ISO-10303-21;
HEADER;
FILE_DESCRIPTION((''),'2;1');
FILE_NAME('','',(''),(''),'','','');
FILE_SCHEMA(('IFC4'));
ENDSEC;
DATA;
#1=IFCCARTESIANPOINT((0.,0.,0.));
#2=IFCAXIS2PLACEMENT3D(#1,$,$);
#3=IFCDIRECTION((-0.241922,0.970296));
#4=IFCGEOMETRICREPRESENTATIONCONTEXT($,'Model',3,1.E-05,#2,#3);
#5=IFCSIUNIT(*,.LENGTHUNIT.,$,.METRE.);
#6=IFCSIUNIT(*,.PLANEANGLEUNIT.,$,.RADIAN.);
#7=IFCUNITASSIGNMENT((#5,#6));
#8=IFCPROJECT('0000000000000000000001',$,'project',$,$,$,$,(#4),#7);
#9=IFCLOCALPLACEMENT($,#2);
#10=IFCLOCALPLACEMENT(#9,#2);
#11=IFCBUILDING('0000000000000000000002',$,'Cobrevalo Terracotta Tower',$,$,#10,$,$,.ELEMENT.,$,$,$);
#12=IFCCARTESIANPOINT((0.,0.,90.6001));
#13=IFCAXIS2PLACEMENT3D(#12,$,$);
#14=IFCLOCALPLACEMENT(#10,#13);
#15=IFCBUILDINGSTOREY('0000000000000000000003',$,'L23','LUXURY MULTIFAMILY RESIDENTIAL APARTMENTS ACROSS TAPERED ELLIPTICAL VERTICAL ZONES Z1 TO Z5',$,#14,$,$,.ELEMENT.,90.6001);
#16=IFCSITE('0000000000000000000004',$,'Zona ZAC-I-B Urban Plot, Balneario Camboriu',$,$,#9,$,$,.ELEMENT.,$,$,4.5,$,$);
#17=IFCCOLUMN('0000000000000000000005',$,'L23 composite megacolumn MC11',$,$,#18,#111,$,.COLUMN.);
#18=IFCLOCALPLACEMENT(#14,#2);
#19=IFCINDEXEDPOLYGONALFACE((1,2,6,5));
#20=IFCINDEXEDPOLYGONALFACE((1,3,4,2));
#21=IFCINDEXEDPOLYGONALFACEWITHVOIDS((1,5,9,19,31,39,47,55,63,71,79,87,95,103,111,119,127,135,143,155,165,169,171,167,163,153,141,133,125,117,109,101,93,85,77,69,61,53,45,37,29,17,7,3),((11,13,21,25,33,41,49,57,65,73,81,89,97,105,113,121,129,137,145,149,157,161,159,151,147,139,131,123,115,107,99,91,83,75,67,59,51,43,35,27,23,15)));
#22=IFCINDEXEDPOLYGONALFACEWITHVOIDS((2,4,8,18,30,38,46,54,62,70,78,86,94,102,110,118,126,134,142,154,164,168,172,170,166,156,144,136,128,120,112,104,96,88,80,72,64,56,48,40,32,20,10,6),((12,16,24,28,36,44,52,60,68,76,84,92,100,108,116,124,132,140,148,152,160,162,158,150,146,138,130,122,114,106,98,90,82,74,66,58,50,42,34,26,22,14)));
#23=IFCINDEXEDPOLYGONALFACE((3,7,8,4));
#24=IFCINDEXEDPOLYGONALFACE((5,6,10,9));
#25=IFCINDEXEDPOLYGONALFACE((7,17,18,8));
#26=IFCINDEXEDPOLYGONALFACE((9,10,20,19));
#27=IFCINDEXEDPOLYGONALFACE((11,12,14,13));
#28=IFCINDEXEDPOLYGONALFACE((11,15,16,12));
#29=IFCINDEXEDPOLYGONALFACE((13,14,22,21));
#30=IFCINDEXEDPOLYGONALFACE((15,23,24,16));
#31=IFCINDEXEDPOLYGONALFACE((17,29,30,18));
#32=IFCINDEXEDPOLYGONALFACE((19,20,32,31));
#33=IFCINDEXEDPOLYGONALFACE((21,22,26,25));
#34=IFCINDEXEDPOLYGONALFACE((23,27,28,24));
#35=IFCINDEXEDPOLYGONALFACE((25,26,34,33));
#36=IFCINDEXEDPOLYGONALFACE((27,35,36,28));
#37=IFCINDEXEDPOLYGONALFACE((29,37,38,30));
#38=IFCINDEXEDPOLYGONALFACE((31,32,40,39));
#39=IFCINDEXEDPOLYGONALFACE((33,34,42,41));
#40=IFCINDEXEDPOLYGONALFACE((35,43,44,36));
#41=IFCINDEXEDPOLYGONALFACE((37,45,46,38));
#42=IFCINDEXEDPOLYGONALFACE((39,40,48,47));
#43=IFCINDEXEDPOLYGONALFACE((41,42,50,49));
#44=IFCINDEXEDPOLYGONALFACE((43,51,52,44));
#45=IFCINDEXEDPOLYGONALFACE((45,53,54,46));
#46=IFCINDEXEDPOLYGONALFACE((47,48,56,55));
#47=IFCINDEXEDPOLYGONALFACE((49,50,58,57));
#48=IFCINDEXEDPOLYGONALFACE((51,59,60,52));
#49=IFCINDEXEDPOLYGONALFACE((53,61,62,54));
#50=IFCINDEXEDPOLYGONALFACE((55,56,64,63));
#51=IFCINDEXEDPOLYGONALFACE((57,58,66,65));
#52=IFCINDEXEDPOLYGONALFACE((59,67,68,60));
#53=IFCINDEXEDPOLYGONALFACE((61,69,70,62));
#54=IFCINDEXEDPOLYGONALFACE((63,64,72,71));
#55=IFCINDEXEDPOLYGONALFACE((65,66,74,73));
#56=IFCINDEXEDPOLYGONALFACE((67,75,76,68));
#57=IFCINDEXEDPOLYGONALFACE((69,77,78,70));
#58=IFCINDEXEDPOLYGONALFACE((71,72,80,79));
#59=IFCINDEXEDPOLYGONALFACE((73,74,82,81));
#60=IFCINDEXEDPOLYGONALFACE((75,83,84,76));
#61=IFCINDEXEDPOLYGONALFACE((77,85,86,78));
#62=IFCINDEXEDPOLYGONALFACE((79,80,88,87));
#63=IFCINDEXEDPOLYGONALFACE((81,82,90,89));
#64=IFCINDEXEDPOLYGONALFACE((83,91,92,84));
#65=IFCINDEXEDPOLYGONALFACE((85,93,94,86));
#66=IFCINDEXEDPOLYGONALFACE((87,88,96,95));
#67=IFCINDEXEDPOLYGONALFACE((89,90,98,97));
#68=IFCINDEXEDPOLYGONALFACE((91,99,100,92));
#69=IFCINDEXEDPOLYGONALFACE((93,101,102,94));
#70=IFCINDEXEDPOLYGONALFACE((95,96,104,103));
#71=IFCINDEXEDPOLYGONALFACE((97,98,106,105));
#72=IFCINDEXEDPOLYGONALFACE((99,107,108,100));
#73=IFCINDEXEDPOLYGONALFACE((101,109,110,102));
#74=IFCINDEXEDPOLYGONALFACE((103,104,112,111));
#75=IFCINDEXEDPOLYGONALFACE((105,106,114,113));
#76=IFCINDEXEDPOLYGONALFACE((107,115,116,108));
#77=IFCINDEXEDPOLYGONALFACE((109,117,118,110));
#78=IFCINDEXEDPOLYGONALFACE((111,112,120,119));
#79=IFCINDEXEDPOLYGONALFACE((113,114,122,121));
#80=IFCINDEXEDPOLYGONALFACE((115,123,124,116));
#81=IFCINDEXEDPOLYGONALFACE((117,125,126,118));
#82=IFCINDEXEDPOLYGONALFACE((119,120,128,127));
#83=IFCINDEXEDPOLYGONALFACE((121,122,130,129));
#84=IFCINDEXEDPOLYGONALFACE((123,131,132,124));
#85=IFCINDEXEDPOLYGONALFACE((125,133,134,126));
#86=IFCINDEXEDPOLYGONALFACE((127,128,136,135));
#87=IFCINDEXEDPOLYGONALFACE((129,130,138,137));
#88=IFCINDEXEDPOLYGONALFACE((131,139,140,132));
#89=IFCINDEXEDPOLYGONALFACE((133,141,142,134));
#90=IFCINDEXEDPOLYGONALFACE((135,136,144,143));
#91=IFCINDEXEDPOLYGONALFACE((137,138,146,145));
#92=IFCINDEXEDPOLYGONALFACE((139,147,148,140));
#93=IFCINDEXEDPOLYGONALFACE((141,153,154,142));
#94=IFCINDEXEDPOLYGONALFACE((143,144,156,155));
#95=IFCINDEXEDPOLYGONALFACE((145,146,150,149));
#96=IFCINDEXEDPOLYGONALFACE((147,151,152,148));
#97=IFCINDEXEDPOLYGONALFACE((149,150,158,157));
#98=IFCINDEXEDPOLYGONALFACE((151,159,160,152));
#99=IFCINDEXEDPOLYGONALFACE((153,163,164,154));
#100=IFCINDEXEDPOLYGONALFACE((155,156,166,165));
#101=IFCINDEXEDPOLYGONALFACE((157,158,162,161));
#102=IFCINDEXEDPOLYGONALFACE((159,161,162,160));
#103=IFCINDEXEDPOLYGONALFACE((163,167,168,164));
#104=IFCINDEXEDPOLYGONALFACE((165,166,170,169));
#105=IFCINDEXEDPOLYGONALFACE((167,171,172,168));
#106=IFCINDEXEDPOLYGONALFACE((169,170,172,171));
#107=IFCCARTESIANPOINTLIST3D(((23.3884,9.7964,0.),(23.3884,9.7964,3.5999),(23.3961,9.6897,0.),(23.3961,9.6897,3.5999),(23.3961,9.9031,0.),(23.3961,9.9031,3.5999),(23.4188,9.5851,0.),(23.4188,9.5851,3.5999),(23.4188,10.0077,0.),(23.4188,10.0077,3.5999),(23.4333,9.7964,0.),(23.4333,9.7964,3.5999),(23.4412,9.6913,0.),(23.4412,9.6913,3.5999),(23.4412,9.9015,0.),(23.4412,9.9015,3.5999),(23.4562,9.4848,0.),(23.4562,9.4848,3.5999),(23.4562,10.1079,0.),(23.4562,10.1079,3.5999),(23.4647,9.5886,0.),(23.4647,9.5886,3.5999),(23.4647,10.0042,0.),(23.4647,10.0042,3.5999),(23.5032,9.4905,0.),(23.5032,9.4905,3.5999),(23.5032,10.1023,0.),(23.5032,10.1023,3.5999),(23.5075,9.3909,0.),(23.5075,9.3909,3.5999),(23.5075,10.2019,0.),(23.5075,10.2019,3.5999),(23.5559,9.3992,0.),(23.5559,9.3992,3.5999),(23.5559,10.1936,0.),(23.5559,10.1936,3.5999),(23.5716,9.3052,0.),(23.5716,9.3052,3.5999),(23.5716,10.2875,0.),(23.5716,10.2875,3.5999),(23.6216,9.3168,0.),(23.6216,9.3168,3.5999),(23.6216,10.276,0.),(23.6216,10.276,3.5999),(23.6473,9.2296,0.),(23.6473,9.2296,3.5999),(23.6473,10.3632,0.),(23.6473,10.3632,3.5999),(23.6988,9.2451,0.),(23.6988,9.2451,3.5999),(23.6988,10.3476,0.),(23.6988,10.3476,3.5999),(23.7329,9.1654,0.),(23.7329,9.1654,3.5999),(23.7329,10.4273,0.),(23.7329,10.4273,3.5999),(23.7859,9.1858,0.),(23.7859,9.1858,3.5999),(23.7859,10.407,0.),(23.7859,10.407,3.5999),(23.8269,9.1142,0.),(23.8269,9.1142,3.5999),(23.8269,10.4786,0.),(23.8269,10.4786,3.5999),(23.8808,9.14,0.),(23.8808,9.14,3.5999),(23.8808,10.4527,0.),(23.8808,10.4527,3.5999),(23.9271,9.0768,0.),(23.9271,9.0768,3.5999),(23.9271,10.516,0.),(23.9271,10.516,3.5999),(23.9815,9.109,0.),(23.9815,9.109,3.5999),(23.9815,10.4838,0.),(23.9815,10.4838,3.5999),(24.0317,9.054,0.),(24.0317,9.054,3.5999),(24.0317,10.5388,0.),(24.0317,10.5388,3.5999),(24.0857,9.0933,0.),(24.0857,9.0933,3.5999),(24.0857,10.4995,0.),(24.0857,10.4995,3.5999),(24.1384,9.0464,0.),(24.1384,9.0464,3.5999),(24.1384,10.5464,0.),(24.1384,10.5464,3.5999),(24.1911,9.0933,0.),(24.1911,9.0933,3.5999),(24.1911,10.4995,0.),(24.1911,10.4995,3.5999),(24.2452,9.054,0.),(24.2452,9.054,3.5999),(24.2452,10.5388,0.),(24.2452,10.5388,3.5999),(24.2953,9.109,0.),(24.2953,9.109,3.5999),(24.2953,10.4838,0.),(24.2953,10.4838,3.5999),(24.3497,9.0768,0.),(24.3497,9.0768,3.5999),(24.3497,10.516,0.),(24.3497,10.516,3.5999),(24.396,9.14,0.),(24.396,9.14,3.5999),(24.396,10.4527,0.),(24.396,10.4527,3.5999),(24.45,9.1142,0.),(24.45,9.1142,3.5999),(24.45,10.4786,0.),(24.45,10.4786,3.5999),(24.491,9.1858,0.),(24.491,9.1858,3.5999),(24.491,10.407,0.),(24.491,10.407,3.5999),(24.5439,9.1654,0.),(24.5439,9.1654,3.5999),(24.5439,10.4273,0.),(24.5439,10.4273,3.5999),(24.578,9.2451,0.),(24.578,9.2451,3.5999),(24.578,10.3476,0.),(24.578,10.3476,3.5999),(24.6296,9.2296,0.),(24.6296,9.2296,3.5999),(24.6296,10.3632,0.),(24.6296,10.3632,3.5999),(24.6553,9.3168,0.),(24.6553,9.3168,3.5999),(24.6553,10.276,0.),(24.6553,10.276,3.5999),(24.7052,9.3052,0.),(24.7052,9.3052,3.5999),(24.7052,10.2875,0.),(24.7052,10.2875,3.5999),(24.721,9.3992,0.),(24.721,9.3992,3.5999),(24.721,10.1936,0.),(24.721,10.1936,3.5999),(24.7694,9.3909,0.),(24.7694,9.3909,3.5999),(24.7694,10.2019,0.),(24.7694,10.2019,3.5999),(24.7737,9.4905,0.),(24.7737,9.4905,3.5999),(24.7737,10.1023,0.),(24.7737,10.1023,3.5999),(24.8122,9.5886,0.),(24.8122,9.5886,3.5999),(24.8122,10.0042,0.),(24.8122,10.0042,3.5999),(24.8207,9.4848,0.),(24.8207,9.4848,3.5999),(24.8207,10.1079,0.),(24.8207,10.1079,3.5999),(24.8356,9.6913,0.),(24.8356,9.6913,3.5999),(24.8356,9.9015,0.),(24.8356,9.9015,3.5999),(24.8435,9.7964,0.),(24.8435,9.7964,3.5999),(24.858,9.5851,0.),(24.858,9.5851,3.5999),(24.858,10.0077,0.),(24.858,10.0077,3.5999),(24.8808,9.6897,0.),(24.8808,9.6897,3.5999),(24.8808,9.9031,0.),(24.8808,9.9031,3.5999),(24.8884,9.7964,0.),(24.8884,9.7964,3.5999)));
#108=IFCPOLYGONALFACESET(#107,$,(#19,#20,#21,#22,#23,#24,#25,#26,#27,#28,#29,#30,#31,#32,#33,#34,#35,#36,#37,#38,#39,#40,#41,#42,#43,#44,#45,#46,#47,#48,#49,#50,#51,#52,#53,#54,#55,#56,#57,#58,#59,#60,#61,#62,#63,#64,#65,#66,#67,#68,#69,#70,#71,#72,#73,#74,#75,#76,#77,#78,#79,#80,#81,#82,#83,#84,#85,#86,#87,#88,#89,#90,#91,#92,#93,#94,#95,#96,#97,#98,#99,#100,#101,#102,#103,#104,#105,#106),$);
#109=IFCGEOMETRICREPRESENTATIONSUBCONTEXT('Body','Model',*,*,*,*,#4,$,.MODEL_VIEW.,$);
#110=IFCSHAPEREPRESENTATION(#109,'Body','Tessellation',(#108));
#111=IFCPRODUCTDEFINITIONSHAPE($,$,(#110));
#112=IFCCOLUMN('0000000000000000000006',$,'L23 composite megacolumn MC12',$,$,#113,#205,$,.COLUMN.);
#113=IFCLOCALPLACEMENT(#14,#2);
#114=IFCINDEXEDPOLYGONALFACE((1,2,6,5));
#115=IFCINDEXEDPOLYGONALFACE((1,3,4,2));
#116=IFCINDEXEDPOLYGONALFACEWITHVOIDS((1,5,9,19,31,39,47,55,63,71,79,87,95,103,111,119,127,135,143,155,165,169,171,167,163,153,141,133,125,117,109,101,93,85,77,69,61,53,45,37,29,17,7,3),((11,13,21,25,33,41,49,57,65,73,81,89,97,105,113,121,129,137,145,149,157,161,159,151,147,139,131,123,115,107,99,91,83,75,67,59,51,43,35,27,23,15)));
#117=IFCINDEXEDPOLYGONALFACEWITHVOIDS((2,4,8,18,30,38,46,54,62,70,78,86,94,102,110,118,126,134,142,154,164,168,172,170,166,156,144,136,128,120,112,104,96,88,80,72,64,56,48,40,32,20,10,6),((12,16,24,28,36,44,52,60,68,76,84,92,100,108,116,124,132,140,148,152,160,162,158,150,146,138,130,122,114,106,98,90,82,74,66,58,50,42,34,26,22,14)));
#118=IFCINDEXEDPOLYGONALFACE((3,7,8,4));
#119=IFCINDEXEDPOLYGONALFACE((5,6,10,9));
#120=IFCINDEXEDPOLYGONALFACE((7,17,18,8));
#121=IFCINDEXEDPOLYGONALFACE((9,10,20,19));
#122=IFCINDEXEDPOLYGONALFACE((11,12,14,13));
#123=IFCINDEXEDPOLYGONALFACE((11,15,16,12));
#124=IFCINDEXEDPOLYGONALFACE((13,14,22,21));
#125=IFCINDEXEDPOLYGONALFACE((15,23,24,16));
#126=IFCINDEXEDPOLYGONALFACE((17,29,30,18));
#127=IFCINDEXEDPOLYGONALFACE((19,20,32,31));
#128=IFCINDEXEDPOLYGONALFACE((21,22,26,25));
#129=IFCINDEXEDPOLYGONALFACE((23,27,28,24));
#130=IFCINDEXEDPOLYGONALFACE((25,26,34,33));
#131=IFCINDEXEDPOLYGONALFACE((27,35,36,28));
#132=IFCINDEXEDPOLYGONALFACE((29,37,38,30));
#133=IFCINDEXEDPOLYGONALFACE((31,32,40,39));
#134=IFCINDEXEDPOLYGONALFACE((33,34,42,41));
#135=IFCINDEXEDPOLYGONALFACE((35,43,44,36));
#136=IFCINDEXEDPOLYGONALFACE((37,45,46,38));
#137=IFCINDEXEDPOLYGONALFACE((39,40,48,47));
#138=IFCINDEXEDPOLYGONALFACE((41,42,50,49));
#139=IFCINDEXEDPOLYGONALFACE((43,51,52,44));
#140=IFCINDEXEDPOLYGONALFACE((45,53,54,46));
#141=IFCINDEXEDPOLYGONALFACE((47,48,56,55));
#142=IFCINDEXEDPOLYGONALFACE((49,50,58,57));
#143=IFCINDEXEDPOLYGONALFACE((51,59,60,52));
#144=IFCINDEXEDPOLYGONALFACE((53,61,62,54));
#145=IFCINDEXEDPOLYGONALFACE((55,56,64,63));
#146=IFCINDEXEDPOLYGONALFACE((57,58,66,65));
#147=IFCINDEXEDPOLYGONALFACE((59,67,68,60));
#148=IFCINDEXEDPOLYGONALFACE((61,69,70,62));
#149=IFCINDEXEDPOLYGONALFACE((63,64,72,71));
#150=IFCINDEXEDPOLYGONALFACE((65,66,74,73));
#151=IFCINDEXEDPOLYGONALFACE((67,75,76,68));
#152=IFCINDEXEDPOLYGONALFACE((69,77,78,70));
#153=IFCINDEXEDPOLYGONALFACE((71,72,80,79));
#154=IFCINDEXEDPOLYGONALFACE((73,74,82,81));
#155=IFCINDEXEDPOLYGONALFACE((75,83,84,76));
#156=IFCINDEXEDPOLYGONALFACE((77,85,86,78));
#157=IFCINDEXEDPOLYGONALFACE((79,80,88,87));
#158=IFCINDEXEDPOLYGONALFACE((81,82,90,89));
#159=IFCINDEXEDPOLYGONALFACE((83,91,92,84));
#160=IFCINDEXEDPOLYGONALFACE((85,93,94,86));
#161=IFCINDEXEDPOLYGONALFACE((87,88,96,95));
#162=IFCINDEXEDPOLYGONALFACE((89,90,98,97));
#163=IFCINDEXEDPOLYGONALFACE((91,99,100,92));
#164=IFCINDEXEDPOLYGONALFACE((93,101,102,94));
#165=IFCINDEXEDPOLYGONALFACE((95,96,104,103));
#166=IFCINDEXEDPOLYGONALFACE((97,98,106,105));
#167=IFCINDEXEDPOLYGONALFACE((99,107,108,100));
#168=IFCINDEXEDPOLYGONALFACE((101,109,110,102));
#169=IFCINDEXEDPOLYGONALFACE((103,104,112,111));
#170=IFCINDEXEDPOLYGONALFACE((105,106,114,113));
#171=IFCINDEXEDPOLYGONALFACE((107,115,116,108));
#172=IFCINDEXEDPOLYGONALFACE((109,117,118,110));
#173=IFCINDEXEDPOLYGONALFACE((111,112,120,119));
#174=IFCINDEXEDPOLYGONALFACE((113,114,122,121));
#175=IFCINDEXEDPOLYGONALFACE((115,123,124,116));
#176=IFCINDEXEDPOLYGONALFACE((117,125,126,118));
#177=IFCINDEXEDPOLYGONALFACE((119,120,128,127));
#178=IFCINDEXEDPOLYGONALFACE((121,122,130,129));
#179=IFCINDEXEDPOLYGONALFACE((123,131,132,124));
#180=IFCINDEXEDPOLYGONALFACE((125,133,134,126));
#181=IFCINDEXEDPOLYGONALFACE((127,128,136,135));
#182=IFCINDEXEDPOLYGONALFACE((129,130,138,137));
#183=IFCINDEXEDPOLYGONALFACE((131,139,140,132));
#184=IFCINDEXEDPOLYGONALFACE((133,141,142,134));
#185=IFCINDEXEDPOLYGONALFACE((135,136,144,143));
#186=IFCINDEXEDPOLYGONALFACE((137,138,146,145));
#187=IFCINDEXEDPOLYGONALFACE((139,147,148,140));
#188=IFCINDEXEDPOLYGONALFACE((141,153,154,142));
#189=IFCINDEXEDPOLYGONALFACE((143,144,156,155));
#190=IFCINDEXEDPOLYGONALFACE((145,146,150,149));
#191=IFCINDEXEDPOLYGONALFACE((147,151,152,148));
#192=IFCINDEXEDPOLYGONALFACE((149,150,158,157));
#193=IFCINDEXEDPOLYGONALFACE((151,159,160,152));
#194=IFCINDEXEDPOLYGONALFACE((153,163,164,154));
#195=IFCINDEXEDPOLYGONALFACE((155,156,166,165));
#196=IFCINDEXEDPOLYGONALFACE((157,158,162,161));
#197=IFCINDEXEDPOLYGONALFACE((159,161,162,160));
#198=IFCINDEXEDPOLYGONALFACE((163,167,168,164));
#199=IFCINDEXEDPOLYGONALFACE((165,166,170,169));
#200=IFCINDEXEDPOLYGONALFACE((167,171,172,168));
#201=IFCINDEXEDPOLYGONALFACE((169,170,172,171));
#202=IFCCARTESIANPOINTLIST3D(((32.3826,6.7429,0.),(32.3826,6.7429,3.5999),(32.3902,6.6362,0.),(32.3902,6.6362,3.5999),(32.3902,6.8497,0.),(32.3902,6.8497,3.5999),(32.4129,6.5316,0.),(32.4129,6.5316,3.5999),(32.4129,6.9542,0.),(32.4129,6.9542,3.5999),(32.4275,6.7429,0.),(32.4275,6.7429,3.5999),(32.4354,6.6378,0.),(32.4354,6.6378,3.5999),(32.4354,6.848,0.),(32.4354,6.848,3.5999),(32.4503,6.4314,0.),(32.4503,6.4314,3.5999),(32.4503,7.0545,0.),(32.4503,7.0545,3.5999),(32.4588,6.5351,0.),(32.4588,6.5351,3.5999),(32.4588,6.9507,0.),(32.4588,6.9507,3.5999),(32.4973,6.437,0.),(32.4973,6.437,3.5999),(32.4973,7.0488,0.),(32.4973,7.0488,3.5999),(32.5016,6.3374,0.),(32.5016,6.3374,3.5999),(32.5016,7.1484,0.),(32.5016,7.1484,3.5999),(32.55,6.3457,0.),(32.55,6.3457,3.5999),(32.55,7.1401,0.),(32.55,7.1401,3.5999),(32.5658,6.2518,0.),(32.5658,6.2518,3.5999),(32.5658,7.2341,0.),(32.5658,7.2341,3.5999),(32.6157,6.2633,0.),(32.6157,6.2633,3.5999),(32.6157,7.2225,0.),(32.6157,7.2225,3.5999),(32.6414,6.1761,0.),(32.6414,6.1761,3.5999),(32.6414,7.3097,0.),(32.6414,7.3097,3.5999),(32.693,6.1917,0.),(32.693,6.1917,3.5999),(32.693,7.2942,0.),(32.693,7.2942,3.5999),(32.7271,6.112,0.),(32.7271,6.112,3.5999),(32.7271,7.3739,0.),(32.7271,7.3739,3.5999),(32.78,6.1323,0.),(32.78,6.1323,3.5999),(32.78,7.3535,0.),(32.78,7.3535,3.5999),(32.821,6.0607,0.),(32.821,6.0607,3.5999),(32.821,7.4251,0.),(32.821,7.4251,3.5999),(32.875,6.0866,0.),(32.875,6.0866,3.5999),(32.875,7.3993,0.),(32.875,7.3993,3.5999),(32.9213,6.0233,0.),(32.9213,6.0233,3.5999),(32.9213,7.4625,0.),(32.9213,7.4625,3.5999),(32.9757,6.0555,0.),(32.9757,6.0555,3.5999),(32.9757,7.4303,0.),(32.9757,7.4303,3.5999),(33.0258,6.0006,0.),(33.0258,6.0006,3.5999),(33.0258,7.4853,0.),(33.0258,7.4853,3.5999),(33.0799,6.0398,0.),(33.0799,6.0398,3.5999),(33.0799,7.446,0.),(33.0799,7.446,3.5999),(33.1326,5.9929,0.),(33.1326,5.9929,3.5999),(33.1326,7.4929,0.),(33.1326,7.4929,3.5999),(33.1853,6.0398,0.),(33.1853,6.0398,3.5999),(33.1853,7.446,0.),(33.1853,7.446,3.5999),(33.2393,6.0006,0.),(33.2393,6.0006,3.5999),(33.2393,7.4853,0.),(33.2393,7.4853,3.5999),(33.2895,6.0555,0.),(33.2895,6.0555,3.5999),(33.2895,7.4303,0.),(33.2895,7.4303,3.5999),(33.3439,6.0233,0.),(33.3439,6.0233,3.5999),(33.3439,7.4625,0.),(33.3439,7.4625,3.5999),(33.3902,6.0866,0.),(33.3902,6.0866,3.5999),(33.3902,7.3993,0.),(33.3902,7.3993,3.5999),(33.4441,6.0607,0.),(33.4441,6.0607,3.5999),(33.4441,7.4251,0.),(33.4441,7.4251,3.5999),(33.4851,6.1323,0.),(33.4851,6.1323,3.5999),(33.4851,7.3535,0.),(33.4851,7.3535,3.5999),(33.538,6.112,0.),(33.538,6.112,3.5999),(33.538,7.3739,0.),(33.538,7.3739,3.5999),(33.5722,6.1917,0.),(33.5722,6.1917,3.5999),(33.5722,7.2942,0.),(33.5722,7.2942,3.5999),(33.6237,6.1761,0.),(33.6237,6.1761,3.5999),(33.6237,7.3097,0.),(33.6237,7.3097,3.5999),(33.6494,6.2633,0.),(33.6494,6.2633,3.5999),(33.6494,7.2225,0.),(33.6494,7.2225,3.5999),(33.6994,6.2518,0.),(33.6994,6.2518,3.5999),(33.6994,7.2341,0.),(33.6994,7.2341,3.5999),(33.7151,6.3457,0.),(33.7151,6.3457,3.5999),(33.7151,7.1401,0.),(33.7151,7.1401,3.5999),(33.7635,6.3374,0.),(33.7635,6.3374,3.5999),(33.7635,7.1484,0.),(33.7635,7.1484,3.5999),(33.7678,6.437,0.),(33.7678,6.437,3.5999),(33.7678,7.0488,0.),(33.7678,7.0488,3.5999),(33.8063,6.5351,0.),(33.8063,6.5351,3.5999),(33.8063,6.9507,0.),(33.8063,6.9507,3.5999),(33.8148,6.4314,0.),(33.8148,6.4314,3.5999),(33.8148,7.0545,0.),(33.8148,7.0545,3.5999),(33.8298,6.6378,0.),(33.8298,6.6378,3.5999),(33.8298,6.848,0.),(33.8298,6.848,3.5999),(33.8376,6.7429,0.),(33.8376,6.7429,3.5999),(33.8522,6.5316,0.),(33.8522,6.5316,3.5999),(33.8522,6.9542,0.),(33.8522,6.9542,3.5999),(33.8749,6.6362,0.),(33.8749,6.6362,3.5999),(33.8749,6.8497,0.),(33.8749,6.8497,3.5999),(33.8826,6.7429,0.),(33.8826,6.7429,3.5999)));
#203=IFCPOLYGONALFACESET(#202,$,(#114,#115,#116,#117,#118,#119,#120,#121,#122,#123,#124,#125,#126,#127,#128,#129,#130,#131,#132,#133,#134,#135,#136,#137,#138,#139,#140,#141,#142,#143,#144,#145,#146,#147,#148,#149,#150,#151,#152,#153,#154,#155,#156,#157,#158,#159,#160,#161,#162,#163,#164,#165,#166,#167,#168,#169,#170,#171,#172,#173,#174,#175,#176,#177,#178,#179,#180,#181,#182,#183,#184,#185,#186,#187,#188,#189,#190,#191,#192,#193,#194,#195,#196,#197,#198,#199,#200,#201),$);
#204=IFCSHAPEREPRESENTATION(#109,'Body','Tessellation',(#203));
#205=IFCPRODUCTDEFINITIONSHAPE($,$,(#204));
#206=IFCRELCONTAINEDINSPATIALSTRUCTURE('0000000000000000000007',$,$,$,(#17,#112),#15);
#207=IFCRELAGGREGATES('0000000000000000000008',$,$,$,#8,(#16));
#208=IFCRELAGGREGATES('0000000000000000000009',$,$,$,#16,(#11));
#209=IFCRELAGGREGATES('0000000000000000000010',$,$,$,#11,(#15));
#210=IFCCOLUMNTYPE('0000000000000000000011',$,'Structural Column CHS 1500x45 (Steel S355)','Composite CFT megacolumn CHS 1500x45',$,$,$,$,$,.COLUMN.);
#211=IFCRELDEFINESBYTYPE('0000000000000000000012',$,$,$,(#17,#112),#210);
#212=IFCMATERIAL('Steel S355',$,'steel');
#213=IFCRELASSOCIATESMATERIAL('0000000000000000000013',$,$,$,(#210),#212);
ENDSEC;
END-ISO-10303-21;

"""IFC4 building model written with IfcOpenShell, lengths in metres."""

from ifc_helpers import new_model, si_unit, direction, frame, origin, origin_2d, place, context, subcontext, project, spatial, hollow_circle, extrude, material, material_profile, profile_set, type_object, element, save


model = new_model("IFC4")

# Units and contexts
model_context = context("Model", 3, precision=1e-05, world=origin(), true_north=direction((-0.241922, 0.970296)))
body_context = subcontext(model_context, "Body", "Model", "MODEL_VIEW")
ifc_project = project(units=[si_unit("LENGTHUNIT", "METRE"), si_unit("PLANEANGLEUNIT", "RADIAN")], contexts=[model_context])

# Site, building, storey
site_placement = place(None, origin())
site = spatial("IfcSite", under=ifc_project, at=site_placement, Name="Zona ZAC-I-B Urban Plot, Balneario Camboriu", CompositionType="ELEMENT", RefElevation=4.5)
building_placement = place(site_placement, origin())
building = spatial("IfcBuilding", under=site, at=building_placement, Name="Cobrevalo Terracotta Tower", CompositionType="ELEMENT")
storey_placement = place(building_placement, frame((0.0, 0.0, 90.6001)))
storey = spatial("IfcBuildingStorey", under=building, at=storey_placement, Name="L23", Description="LUXURY MULTIFAMILY RESIDENTIAL APARTMENTS ACROSS TAPERED ELLIPTICAL VERTICAL ZONES Z1 TO Z5", CompositionType="ELEMENT", Elevation=90.6001)

# Columns
ifc_material_1 = material(Name="Steel S355", Category="steel")
ifc_material_profile_1 = material_profile(ifc_material_1, hollow_circle(Radius=0.75, WallThickness=0.0449, at=origin_2d()), Name="CHS 1500x45")
ifc_profile_set_1 = profile_set([ifc_material_profile_1], Name="Steel S355")
column_type = type_object("IfcColumnType", Name="Structural Column CHS 1500x45 (Steel S355)", Description="Composite CFT megacolumn CHS 1500x45", PredefinedType="COLUMN", material=ifc_profile_set_1)
for number, where, z_axis, x_axis, name in (
    (1, (24.1384, 9.7964, 0.0), (0.0, 0.0, 1.0), (1.0, 0.0, 0.0), "L23 composite megacolumn MC11"),
    (2, (33.1326, 6.7429, 0.0), (0.0, 0.0, 1.0), (1.0, 0.0, 0.0), "L23 composite megacolumn MC12"),
):
    element("IfcColumn", number, at=place(storey_placement, frame(where, z_axis=z_axis, x_axis=x_axis)), inside=storey, type_object=column_type, Name=name, PredefinedType="COLUMN", context=body_context, shape_type="SweptSolid", body=[
        extrude(hollow_circle(Radius=0.75, WallThickness=0.0449, at=origin_2d()), origin(), (0.0, 0.0, 1.0), 3.5999),
    ])

save(model, "model.ifc")
